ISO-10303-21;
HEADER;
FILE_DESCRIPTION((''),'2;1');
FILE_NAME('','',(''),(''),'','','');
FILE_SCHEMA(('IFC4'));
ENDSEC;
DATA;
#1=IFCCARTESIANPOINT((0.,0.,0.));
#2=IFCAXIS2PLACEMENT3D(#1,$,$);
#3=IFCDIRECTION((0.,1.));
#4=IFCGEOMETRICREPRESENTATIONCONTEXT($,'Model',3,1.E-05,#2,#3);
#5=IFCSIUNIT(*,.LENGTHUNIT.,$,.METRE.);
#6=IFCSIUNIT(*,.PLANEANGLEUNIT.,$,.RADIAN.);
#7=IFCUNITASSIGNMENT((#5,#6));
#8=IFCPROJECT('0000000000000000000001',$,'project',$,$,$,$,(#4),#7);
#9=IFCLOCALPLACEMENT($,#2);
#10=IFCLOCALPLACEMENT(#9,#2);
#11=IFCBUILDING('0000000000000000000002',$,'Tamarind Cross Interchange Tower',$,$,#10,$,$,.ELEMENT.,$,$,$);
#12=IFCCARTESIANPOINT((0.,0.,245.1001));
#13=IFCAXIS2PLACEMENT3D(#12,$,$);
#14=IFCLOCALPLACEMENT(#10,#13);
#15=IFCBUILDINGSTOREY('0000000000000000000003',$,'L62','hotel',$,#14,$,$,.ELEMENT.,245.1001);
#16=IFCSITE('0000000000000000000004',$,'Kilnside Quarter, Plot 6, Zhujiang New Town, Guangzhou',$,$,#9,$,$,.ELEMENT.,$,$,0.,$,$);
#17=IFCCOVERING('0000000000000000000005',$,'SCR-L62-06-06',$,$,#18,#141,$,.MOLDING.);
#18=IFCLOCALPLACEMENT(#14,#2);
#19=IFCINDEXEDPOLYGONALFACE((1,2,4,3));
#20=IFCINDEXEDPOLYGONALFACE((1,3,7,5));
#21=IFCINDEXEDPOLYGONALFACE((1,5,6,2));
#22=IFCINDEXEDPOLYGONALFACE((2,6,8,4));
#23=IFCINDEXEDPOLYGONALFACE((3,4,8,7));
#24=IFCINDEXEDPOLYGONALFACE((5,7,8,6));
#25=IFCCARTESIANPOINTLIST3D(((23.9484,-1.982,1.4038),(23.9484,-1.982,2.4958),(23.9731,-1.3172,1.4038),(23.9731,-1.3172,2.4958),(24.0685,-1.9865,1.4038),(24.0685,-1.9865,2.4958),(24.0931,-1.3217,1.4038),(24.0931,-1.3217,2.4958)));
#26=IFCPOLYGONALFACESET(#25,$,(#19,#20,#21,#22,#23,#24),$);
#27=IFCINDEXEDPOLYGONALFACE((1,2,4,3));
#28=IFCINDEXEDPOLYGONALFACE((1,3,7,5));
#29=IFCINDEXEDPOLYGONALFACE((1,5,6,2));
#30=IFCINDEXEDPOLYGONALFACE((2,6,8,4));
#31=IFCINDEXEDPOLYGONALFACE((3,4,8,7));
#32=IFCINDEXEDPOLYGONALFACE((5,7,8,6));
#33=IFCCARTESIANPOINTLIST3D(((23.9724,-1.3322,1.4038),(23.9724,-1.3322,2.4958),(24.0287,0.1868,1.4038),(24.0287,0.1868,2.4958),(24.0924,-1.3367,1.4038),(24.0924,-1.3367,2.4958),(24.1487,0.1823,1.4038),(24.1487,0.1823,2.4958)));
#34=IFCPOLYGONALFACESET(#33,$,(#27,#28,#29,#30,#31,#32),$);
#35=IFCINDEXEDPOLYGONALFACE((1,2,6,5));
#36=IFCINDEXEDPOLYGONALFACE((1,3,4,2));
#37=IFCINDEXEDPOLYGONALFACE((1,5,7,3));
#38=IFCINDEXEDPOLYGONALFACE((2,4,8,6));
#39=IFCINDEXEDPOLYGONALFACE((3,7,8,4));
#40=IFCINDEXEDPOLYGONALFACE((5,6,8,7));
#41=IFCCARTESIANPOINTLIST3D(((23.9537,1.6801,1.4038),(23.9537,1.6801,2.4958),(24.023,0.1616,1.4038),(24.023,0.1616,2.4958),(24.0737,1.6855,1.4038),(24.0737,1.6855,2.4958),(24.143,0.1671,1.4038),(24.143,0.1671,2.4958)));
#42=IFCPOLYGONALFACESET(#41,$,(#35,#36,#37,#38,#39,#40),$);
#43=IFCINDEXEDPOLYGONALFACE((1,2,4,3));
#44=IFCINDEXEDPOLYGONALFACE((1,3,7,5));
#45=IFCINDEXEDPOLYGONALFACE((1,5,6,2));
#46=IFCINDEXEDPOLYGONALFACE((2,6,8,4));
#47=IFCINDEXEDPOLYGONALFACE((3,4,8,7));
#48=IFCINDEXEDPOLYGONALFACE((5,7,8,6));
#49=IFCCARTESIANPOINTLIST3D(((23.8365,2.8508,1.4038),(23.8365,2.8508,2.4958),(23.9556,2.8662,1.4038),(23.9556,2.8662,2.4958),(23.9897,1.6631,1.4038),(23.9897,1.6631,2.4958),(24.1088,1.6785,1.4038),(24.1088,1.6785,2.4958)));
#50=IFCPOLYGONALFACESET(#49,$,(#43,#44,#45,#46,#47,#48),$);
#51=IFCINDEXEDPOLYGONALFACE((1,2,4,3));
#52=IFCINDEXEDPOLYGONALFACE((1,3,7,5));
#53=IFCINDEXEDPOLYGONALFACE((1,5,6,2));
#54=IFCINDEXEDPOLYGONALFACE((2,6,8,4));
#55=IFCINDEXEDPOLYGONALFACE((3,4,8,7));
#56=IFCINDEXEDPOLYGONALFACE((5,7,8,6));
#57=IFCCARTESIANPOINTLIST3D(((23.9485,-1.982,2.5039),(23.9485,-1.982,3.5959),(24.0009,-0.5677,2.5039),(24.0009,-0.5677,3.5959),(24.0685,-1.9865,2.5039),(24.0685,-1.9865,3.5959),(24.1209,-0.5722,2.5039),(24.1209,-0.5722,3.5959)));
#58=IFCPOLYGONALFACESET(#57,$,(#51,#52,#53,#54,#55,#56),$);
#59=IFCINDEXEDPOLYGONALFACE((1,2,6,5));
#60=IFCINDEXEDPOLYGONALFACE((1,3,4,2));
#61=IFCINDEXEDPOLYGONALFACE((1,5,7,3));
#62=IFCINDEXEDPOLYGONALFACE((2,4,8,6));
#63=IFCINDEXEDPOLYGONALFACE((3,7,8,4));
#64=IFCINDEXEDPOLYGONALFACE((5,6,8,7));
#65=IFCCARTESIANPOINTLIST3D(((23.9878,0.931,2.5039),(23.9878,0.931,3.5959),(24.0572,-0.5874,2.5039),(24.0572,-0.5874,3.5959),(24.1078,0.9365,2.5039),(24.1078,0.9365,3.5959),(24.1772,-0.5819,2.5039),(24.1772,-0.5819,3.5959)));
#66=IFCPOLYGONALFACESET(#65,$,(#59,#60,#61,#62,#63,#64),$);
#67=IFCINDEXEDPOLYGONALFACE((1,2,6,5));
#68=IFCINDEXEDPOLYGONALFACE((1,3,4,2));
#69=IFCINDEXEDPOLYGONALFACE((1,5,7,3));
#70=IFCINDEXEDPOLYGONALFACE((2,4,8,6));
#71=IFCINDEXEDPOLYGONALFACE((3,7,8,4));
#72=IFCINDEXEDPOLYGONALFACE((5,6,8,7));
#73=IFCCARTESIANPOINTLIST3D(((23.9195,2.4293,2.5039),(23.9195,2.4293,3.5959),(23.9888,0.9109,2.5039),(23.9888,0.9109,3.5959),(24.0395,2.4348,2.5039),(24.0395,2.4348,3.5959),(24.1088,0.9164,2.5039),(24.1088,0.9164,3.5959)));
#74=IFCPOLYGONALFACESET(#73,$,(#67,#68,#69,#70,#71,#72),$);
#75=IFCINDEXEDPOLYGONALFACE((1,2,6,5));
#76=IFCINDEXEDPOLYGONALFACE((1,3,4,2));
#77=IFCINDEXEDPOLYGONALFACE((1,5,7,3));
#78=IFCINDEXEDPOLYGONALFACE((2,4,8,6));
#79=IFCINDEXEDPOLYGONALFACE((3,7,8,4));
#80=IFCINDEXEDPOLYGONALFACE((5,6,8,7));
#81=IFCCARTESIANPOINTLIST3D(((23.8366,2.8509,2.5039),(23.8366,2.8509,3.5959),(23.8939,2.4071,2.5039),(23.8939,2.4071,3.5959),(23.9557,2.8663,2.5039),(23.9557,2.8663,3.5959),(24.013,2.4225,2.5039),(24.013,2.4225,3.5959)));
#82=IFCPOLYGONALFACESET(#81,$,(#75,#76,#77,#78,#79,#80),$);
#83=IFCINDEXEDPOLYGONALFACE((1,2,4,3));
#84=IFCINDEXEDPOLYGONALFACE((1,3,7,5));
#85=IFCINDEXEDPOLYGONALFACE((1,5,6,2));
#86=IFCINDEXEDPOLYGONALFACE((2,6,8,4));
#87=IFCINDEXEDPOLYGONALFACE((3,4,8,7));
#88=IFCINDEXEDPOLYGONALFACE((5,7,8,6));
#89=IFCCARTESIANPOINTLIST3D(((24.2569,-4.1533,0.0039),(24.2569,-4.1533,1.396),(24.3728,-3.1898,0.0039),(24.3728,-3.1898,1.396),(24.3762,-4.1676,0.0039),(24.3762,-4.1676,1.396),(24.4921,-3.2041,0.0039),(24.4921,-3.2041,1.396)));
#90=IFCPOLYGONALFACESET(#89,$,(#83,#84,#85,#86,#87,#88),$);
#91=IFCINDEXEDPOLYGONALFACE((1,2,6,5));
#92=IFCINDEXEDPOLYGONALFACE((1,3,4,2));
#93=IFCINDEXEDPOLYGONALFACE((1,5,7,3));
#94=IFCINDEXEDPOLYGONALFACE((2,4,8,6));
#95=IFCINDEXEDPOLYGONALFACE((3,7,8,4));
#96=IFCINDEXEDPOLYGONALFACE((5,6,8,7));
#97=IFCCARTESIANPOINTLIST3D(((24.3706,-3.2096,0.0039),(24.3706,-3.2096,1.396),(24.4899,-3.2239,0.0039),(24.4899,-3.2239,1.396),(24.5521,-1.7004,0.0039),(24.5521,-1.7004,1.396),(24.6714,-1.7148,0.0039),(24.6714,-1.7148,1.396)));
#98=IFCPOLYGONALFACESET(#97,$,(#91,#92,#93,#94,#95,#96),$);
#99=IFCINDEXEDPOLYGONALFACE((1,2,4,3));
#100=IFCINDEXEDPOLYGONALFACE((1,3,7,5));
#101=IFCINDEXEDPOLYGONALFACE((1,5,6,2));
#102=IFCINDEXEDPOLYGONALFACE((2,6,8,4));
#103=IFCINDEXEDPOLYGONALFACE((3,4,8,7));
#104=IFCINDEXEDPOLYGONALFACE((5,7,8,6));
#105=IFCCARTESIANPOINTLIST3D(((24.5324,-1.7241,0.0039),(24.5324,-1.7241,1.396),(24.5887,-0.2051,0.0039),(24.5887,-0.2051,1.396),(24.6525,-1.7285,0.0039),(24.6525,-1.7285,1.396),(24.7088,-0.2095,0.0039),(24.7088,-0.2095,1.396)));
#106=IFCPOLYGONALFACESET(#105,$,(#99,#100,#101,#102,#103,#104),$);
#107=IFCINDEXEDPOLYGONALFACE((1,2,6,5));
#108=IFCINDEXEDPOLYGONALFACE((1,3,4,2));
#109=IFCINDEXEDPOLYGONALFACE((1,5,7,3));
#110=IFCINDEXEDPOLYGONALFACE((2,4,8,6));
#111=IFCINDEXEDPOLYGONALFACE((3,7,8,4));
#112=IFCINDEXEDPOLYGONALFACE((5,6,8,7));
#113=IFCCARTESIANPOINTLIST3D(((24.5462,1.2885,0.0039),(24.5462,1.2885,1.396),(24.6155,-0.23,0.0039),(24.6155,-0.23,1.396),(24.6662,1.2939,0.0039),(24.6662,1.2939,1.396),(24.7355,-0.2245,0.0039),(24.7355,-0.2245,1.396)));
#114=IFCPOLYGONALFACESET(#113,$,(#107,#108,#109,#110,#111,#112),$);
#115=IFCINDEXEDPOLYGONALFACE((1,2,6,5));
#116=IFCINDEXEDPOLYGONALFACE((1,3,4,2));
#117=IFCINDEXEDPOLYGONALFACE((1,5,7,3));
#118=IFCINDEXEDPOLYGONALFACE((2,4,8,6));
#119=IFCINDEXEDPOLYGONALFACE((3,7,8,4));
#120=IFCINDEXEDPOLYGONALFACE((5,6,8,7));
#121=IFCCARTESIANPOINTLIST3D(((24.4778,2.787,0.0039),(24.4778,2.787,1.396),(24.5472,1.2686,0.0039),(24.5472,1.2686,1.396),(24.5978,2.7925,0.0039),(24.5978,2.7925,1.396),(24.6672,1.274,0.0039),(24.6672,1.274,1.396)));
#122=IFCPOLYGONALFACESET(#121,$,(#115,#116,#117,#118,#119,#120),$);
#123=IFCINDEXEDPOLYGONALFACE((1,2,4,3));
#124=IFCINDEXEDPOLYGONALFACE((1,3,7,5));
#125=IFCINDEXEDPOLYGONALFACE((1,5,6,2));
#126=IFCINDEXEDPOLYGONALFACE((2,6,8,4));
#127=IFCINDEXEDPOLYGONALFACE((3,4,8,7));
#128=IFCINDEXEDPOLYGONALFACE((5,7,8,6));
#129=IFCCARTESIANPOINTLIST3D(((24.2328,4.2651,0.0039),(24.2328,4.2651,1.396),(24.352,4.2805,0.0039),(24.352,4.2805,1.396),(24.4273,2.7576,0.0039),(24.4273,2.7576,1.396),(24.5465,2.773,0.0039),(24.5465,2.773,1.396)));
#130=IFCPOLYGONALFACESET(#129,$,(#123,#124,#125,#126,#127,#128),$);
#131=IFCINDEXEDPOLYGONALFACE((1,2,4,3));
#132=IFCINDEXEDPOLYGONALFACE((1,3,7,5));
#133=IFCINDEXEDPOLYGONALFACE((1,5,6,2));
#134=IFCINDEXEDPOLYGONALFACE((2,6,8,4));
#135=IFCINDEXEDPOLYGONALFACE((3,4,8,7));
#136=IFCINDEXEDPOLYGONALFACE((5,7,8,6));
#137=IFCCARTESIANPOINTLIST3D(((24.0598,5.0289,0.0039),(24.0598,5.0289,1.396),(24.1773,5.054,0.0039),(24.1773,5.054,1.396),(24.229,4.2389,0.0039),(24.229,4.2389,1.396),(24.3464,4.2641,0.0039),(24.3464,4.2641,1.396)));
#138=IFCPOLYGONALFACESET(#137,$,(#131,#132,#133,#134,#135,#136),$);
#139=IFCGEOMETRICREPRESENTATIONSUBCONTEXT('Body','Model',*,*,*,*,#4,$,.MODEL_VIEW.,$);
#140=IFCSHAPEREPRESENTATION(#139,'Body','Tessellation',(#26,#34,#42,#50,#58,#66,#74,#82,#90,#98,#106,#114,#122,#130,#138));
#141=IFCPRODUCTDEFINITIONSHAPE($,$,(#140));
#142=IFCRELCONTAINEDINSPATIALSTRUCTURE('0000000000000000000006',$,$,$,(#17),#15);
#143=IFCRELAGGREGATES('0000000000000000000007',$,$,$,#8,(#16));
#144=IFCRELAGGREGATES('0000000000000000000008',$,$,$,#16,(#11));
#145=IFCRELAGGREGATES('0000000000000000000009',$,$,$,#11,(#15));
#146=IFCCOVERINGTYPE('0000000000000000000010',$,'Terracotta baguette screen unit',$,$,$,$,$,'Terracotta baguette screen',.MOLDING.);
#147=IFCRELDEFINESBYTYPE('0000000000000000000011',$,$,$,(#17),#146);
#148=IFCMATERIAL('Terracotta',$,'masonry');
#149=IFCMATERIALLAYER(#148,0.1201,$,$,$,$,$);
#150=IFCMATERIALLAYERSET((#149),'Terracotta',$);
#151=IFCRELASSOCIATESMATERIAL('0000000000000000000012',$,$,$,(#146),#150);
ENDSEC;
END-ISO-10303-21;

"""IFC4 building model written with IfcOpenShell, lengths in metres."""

from ifc_helpers import new_model, si_unit, direction, frame, origin, origin_2d, place, context, subcontext, project, spatial, rectangle, extrude, material, layer, layer_set, type_object, element, save


model = new_model("IFC4")

# Units and contexts
model_context = context("Model", 3, precision=1e-05, world=origin(), true_north=direction((0.0, 1.0)))
body_context = subcontext(model_context, "Body", "Model", "MODEL_VIEW")
ifc_project = project(units=[si_unit("LENGTHUNIT", "METRE"), si_unit("PLANEANGLEUNIT", "RADIAN")], contexts=[model_context])

# Site, building, storey
site_placement = place(None, origin())
site = spatial("IfcSite", under=ifc_project, at=site_placement, Name="Kilnside Quarter, Plot 6, Zhujiang New Town, Guangzhou", CompositionType="ELEMENT", RefElevation=0.0)
building_placement = place(site_placement, origin())
building = spatial("IfcBuilding", under=site, at=building_placement, Name="Tamarind Cross Interchange Tower", CompositionType="ELEMENT")
storey_placement = place(building_placement, frame((0.0, 0.0, 245.1001)))
storey = spatial("IfcBuildingStorey", under=building, at=storey_placement, Name="L62", Description="hotel", CompositionType="ELEMENT", Elevation=245.1001)

# Covering
ifc_material_1 = material(Name="Terracotta", Category="masonry")
ifc_layer_1 = layer(ifc_material_1, 0.1201)
ifc_layer_set_1 = layer_set([ifc_layer_1], Name="Terracotta")
covering_type = type_object("IfcCoveringType", Name="Terracotta baguette screen unit", ElementType="Terracotta baguette screen", PredefinedType="MOLDING", material=ifc_layer_set_1)
covering_1_placement = place(storey_placement, origin())
element("IfcCovering", 1, at=covering_1_placement, inside=storey, type_object=covering_type, Name="SCR-L62-06-06", PredefinedType="MOLDING", context=body_context, shape_type="SweptSolid", body=[
    extrude(rectangle(XDim=0.6653, YDim=0.1201, at=origin_2d()), frame((24.0208, -1.6519, 1.4038), z_axis=(0.0, 0.0, 1.0), x_axis=(0.037025, 0.999314, 0.0)), (0.0, 0.0, 1.0), 1.092),
    extrude(rectangle(XDim=1.52, YDim=0.1201, at=origin_2d()), frame((24.0605, -0.575, 1.4038), z_axis=(0.0, 0.0, 1.0), x_axis=(0.037025, 0.999314, 0.0)), (0.0, 0.0, 1.0), 1.092),
    extrude(rectangle(XDim=1.52, YDim=0.1201, at=origin_2d()), frame((24.0483, 0.9236, 1.4038), z_axis=(0.0, 0.0, 1.0), x_axis=(-0.045624, 0.998959, 0.0)), (0.0, 0.0, 1.0), 1.092),
    extrude(rectangle(XDim=1.1975, YDim=0.1201, at=origin_2d()), frame((23.9727, 2.2646, 1.4038), z_axis=(0.0, 0.0, 1.0), x_axis=(-0.127962, 0.991779, 0.0)), (0.0, 0.0, 1.0), 1.092),
    extrude(rectangle(XDim=1.4153, YDim=0.1201, at=origin_2d()), frame((24.0347, -1.2771, 2.5039), z_axis=(0.0, 0.0, 1.0), x_axis=(0.037025, 0.999314, 0.0)), (0.0, 0.0, 1.0), 1.092),
    extrude(rectangle(XDim=1.52, YDim=0.1201, at=origin_2d()), frame((24.0825, 0.1746, 2.5039), z_axis=(0.0, 0.0, 1.0), x_axis=(-0.045624, 0.998959, 0.0)), (0.0, 0.0, 1.0), 1.092),
    extrude(rectangle(XDim=1.52, YDim=0.1201, at=origin_2d()), frame((24.0142, 1.6729, 2.5039), z_axis=(0.0, 0.0, 1.0), x_axis=(-0.045624, 0.998959, 0.0)), (0.0, 0.0, 1.0), 1.092),
    extrude(rectangle(XDim=0.4475, YDim=0.1201, at=origin_2d()), frame((23.9248, 2.6367, 2.5039), z_axis=(0.0, 0.0, 1.0), x_axis=(-0.127962, 0.991779, 0.0)), (0.0, 0.0, 1.0), 1.092),
    extrude(rectangle(XDim=0.9705, YDim=0.1201, at=origin_2d()), frame((24.3745, -3.6787, 0.0039), z_axis=(0.0, 0.0, 1.0), x_axis=(0.119421, 0.992844, 0.0)), (0.0, 0.0, 1.0), 1.3921),
    extrude(rectangle(XDim=1.52, YDim=0.1201, at=origin_2d()), frame((24.521, -2.4622, 0.0039), z_axis=(0.0, 0.0, 1.0), x_axis=(0.119421, 0.992844, 0.0)), (0.0, 0.0, 1.0), 1.3921),
    extrude(rectangle(XDim=1.52, YDim=0.1201, at=origin_2d()), frame((24.6206, -0.9668, 0.0039), z_axis=(0.0, 0.0, 1.0), x_axis=(0.037025, 0.999314, 0.0)), (0.0, 0.0, 1.0), 1.3921),
    extrude(rectangle(XDim=1.52, YDim=0.1201, at=origin_2d()), frame((24.6409, 0.532, 0.0039), z_axis=(0.0, 0.0, 1.0), x_axis=(-0.045624, 0.998959, 0.0)), (0.0, 0.0, 1.0), 1.3921),
    extrude(rectangle(XDim=1.52, YDim=0.1201, at=origin_2d()), frame((24.5725, 2.0305, 0.0039), z_axis=(0.0, 0.0, 1.0), x_axis=(-0.045624, 0.998959, 0.0)), (0.0, 0.0, 1.0), 1.3921),
    extrude(rectangle(XDim=1.52, YDim=0.1201, at=origin_2d()), frame((24.3896, 3.519, 0.0039), z_axis=(0.0, 0.0, 1.0), x_axis=(-0.127962, 0.991779, 0.0)), (0.0, 0.0, 1.0), 1.3921),
    extrude(rectangle(XDim=0.8079, YDim=0.1201, at=origin_2d()), frame((24.2031, 4.6465, 0.0039), z_axis=(0.0, 0.0, 1.0), x_axis=(-0.209425, 0.977825, 0.0)), (0.0, 0.0, 1.0), 1.3921),
])

save(model, "model.ifc")
